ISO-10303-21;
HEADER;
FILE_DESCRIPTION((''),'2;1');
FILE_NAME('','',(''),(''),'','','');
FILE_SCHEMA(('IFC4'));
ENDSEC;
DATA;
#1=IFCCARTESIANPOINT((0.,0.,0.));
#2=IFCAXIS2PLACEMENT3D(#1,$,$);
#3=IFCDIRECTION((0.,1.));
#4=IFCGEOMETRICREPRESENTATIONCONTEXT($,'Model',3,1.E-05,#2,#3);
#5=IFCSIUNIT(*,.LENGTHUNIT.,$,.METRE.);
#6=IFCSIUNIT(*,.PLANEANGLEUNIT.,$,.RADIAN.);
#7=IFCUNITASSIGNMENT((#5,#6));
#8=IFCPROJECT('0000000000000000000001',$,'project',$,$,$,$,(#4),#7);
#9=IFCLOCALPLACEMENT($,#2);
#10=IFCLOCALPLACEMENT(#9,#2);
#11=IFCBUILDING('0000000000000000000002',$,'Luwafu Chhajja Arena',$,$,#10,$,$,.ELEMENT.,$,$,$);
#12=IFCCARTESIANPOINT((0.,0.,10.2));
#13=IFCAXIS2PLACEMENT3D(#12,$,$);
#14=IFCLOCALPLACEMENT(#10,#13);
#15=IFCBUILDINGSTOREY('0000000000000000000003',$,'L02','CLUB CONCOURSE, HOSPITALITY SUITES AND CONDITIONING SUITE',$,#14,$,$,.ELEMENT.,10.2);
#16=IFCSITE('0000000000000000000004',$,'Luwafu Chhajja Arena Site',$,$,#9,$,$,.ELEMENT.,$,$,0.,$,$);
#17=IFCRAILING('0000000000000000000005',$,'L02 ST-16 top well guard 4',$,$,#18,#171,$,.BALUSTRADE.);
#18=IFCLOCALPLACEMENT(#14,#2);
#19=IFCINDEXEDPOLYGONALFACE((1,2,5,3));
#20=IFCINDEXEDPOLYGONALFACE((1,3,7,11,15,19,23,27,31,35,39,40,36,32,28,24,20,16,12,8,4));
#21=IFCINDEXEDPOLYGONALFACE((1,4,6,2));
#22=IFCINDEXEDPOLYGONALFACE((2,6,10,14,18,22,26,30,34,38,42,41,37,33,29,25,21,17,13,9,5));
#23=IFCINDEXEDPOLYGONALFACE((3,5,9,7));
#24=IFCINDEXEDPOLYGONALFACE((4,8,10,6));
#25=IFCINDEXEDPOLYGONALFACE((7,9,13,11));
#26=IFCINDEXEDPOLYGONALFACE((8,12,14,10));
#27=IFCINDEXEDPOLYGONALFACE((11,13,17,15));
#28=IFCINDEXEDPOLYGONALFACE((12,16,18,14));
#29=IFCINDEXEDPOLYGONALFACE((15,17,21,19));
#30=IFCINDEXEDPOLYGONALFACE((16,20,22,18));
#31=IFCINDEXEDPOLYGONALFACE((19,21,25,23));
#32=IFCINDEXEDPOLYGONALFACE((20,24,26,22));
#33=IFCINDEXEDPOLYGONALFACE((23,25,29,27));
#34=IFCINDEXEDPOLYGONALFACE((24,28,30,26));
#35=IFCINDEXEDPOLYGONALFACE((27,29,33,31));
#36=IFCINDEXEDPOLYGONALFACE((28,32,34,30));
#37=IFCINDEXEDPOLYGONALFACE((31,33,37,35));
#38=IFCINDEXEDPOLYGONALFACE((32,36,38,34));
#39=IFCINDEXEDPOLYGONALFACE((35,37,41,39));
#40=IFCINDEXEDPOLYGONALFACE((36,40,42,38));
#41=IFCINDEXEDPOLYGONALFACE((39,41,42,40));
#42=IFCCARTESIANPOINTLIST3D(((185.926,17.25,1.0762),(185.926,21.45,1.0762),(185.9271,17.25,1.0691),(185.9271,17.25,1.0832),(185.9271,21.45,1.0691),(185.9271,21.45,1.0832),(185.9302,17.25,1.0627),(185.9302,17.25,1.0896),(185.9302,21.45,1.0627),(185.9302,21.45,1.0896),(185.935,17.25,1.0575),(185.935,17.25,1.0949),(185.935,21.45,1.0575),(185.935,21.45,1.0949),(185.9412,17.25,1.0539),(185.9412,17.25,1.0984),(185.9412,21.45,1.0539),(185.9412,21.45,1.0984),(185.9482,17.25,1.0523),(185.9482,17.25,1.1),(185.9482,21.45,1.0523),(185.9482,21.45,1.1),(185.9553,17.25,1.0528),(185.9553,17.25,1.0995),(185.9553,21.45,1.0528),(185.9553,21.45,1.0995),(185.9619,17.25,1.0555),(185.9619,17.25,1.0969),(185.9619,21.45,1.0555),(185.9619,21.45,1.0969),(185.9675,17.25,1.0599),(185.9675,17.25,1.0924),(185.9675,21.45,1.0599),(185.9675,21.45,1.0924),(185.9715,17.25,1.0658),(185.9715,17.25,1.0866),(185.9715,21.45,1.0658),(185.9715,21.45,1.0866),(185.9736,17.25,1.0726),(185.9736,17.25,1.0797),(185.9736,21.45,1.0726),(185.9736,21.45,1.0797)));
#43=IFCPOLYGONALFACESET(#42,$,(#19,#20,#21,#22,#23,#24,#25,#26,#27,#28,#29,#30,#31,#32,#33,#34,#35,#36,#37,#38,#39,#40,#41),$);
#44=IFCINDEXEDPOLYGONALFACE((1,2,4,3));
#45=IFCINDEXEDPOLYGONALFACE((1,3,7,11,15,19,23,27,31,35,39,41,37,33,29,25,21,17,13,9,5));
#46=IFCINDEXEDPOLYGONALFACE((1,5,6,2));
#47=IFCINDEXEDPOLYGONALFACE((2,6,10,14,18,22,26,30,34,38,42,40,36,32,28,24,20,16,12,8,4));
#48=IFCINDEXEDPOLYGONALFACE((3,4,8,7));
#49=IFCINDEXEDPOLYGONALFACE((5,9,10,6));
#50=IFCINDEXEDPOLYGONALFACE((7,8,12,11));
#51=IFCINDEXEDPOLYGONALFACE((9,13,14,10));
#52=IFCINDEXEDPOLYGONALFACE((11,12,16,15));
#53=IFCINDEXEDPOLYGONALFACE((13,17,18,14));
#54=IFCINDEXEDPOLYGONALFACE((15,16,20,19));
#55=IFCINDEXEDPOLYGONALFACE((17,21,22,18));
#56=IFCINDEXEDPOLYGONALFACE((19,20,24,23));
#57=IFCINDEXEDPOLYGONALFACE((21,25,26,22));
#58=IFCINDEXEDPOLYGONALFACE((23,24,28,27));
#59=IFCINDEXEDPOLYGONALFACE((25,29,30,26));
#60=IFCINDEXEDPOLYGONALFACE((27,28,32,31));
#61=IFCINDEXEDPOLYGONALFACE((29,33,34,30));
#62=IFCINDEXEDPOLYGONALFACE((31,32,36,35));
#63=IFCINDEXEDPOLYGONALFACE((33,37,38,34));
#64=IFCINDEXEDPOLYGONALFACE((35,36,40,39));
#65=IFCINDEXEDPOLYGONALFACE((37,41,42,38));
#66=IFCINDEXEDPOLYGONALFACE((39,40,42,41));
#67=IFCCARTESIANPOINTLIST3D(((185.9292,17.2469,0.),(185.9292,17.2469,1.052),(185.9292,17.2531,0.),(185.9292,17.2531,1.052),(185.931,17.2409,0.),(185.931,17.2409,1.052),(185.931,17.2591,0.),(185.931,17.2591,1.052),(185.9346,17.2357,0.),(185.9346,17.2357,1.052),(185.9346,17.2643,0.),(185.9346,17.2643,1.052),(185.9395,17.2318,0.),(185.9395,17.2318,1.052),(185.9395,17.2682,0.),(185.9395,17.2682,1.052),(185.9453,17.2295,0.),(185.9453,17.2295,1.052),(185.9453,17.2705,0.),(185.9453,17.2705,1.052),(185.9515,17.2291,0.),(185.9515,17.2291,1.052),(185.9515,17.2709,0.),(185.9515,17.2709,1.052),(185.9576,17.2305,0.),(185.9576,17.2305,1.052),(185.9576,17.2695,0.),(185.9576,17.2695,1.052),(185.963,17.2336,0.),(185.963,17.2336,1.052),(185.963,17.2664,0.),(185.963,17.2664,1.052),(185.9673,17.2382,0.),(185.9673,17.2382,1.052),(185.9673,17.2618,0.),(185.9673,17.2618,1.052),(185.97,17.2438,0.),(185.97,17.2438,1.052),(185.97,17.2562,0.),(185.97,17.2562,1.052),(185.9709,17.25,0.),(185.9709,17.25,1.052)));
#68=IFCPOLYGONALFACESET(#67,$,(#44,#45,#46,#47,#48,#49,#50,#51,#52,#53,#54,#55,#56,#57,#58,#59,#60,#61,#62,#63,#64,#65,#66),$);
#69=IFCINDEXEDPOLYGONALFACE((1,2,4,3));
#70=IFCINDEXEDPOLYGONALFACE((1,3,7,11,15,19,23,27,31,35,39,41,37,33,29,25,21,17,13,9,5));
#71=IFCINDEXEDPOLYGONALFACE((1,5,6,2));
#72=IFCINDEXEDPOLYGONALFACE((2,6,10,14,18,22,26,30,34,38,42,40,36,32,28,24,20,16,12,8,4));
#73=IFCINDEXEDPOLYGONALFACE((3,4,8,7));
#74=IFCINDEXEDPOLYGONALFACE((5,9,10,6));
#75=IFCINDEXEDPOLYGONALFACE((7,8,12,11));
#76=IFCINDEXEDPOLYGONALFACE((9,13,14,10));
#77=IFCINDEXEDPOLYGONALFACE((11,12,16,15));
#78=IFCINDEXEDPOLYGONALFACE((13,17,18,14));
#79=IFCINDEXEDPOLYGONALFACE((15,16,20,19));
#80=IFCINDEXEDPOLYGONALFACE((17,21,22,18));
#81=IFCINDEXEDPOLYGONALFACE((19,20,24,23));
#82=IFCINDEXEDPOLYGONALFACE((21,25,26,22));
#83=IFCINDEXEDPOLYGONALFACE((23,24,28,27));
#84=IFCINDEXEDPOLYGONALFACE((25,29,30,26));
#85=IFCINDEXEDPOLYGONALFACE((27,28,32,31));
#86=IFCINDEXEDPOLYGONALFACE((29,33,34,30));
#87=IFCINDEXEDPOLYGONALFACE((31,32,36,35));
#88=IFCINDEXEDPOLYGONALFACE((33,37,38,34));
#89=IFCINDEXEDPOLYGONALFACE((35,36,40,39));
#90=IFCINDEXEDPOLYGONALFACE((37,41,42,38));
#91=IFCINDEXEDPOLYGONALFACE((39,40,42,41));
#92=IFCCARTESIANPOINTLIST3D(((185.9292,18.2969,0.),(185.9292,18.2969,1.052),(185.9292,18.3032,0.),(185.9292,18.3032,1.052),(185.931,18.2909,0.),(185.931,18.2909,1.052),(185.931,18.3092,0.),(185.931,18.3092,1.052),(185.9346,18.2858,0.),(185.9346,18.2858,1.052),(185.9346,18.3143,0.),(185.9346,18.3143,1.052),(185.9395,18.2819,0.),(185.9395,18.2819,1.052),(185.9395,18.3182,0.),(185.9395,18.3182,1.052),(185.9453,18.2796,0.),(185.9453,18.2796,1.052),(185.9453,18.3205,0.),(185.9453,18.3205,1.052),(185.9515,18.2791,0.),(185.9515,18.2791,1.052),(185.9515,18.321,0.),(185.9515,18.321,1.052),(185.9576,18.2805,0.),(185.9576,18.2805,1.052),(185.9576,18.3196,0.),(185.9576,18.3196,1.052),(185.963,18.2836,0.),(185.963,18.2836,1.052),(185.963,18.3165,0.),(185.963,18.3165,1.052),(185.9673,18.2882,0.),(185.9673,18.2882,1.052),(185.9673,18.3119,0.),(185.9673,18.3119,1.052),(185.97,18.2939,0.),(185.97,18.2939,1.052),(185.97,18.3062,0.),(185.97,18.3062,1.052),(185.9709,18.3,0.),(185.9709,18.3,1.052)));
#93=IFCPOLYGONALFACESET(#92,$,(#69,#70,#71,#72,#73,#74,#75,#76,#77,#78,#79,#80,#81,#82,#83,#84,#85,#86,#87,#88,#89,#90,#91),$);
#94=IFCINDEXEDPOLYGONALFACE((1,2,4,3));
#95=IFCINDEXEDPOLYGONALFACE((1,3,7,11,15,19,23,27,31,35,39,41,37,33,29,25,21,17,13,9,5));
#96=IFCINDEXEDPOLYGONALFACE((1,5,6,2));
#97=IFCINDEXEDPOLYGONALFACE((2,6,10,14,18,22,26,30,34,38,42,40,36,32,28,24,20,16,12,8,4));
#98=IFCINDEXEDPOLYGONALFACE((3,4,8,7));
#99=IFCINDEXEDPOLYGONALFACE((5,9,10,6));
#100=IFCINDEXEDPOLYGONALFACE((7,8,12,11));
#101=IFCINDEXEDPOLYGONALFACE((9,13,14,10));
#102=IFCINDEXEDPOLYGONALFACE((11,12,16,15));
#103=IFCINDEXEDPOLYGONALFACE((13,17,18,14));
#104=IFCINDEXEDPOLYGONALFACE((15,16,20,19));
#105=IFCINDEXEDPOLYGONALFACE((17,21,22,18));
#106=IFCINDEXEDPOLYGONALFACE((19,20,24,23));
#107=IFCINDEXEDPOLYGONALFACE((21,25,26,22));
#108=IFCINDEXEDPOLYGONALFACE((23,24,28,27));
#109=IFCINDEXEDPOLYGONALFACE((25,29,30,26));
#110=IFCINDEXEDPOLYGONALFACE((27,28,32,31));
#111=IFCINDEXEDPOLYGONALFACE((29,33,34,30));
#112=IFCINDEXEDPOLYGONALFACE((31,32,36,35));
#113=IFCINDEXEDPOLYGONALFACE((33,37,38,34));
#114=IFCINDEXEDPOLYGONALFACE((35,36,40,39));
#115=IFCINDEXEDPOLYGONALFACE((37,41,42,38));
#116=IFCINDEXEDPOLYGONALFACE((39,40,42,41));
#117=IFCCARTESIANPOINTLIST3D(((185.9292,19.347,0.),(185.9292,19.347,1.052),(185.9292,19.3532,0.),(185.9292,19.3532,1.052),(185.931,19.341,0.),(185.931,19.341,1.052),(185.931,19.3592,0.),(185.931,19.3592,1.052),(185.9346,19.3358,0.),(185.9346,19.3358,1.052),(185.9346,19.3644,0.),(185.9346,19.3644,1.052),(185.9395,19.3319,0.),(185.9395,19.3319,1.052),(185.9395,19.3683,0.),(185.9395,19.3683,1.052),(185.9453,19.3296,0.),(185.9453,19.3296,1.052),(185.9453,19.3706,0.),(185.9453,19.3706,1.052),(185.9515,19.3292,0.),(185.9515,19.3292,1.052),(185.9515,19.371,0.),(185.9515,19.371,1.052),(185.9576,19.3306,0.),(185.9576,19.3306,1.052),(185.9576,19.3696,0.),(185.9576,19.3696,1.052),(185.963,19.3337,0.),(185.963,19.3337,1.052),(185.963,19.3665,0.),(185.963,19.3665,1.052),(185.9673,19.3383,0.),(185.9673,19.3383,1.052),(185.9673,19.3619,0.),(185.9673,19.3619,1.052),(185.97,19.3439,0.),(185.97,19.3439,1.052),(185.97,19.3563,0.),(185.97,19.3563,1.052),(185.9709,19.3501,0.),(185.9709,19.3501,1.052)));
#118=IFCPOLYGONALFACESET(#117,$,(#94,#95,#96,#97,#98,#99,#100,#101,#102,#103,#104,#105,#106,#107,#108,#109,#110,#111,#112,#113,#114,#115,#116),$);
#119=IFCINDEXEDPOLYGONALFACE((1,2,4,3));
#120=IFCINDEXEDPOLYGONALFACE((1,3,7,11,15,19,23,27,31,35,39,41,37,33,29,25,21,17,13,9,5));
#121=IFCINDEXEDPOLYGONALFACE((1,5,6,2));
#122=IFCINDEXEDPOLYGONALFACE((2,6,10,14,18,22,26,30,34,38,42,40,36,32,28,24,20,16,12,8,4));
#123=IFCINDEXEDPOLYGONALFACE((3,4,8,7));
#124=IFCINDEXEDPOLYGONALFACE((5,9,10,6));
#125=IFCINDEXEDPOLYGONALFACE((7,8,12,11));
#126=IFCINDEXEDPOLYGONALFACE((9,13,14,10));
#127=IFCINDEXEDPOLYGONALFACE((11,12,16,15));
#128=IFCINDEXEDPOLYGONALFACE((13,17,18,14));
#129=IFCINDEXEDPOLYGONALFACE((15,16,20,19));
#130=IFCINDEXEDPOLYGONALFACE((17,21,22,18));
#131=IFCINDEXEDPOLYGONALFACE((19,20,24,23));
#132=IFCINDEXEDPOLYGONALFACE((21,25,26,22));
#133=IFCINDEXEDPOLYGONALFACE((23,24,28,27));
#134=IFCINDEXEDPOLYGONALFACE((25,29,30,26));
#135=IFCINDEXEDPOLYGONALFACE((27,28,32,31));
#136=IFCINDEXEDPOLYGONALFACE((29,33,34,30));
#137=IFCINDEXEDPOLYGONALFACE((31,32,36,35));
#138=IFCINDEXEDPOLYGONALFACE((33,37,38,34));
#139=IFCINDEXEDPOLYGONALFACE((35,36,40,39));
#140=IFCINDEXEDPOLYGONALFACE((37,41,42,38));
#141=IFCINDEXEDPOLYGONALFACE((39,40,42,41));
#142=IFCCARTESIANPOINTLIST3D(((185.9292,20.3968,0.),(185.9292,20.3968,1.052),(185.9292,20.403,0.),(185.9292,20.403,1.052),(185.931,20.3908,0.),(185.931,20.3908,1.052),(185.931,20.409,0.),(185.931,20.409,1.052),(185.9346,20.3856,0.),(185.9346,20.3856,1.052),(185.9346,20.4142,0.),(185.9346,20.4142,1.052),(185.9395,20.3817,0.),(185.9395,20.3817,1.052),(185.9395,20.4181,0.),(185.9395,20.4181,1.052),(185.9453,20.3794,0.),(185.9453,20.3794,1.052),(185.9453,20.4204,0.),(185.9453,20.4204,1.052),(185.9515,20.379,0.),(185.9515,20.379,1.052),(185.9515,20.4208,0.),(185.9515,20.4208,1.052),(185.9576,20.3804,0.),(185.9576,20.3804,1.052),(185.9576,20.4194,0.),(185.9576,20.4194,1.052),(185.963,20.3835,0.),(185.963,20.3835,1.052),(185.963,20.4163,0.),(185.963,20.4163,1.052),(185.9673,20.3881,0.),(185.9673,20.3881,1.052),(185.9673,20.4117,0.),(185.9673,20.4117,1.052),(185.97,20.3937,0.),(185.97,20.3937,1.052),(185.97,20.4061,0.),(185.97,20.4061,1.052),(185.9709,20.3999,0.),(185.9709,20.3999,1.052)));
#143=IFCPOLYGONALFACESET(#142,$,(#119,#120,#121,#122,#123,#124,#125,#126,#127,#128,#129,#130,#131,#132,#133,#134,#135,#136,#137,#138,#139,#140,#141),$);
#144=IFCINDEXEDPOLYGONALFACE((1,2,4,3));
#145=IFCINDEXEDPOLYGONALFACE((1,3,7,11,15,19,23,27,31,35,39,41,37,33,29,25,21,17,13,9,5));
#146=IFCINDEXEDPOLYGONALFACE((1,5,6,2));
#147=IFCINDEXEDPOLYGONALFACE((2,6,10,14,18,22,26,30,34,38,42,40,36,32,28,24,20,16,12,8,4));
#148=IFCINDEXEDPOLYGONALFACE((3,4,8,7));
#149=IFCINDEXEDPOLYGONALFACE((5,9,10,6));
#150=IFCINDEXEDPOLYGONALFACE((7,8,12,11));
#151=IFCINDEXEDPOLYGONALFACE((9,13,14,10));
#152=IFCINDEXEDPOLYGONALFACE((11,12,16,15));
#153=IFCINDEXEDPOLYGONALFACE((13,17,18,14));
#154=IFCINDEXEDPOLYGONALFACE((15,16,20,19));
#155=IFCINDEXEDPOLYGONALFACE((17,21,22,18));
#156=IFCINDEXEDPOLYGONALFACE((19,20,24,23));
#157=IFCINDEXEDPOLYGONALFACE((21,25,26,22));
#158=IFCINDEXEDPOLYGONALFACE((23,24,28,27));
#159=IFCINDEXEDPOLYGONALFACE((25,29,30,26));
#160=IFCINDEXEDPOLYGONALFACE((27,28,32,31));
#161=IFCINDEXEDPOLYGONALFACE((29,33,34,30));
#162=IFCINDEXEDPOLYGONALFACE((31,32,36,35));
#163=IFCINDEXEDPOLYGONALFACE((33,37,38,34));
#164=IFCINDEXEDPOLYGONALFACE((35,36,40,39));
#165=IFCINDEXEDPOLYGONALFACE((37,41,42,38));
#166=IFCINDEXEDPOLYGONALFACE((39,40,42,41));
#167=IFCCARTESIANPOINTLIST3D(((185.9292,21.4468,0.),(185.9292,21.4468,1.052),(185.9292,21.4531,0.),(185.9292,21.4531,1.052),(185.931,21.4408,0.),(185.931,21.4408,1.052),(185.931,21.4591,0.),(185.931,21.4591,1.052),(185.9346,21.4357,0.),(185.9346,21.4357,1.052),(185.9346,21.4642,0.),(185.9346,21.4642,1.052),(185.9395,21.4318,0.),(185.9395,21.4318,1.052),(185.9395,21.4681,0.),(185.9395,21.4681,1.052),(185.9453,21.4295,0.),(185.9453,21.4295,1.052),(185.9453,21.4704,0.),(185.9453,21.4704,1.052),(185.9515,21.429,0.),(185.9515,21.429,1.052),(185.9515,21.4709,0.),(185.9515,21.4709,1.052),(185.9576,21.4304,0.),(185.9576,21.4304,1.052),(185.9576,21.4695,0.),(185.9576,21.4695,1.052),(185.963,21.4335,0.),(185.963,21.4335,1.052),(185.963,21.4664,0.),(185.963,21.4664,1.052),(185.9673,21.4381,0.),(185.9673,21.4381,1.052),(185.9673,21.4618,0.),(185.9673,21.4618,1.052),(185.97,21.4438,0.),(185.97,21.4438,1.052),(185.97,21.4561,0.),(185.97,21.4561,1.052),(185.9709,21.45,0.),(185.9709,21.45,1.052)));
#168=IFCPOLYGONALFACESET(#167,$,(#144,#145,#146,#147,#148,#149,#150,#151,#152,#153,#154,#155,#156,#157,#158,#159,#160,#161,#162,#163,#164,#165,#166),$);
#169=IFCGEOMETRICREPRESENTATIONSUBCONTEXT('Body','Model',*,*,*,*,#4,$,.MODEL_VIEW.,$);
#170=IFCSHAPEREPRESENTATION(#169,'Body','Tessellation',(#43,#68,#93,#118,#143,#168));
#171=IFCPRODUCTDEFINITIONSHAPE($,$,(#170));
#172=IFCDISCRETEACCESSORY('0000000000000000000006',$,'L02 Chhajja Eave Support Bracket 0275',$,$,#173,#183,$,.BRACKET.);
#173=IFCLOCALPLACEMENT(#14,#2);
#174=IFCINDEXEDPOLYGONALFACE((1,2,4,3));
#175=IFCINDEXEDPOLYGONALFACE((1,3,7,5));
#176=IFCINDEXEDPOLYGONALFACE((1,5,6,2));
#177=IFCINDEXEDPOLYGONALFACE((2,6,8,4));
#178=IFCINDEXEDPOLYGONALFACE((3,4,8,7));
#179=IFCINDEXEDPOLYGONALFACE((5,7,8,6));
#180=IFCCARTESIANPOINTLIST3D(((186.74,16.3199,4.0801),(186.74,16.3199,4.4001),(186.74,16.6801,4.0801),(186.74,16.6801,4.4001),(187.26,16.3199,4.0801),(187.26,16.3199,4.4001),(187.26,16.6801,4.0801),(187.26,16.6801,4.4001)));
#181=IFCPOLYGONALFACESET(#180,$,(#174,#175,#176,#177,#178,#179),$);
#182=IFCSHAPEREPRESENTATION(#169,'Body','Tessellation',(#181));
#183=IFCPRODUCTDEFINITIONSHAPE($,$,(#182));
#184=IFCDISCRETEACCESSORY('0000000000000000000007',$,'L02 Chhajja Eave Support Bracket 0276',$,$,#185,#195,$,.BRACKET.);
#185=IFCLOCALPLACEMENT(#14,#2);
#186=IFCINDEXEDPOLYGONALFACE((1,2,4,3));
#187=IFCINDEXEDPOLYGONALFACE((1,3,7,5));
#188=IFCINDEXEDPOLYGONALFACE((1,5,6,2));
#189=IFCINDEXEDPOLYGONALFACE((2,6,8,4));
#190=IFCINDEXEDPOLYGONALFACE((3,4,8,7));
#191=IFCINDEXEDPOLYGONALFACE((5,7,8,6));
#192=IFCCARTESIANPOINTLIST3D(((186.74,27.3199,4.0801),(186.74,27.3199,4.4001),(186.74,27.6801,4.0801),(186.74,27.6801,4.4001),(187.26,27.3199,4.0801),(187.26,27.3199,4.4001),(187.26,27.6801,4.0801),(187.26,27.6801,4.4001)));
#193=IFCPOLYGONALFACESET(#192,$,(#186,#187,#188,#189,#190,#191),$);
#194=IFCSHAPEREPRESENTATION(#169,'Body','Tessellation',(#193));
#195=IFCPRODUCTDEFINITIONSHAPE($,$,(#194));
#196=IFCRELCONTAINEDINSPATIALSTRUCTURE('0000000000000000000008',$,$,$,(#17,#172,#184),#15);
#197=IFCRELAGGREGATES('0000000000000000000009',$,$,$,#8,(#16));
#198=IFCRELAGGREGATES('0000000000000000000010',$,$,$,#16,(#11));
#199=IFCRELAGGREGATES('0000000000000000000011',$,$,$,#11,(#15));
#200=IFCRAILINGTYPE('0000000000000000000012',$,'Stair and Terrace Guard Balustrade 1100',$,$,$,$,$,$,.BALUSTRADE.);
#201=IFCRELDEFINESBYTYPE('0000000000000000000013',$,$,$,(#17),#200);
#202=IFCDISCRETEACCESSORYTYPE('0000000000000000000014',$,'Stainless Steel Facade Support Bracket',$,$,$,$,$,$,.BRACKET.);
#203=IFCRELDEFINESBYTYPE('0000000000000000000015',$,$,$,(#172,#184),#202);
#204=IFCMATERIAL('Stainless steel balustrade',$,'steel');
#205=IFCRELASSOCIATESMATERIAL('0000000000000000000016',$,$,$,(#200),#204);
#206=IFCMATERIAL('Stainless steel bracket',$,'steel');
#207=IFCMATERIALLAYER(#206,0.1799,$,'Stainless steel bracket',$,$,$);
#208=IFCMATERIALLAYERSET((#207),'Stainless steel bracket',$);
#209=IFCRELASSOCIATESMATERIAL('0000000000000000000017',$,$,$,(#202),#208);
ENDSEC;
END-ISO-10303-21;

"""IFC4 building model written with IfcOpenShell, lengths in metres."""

from ifc_helpers import new_model, si_unit, direction, frame, origin, origin_2d, place, context, subcontext, project, spatial, rectangle, circle, extrude, material, layer, layer_set, type_object, element, save


model = new_model("IFC4")

# Units and contexts
model_context = context("Model", 3, precision=1e-05, world=origin(), true_north=direction((0.0, 1.0)))
body_context = subcontext(model_context, "Body", "Model", "MODEL_VIEW")
ifc_project = project(units=[si_unit("LENGTHUNIT", "METRE"), si_unit("PLANEANGLEUNIT", "RADIAN")], contexts=[model_context])

# Site, building, storey
site_placement = place(None, origin())
site = spatial("IfcSite", under=ifc_project, at=site_placement, Name="Luwafu Chhajja Arena Site", CompositionType="ELEMENT", RefElevation=0.0)
building_placement = place(site_placement, origin())
building = spatial("IfcBuilding", under=site, at=building_placement, Name="Luwafu Chhajja Arena", CompositionType="ELEMENT")
storey_placement = place(building_placement, frame((0.0, 0.0, 10.2)))
storey = spatial("IfcBuildingStorey", under=building, at=storey_placement, Name="L02", Description="CLUB CONCOURSE, HOSPITALITY SUITES AND CONDITIONING SUITE", CompositionType="ELEMENT", Elevation=10.2)

# Railing
ifc_material_1 = material(Name="Stainless steel balustrade", Category="steel")
railing_type = type_object("IfcRailingType", Name="Stair and Terrace Guard Balustrade 1100", PredefinedType="BALUSTRADE", material=ifc_material_1)
for number, where, name in (
    (1, (185.95, 17.25, 0.0), "L02 ST-16 top well guard 4"),
):
    element("IfcRailing", number, at=place(storey_placement, frame(where)), inside=storey, type_object=railing_type, Name=name, PredefinedType="BALUSTRADE", context=body_context, shape_type="SweptSolid", body=[
        extrude(circle(Radius=0.0239, at=origin_2d()), frame((0.0, 0.0, 1.0762), z_axis=(0.0, 1.0, 0.0), x_axis=(-1.0, 0.0, 0.0)), (0.0, 0.0, 1.0), 4.2),
        extrude(circle(Radius=0.021, at=origin_2d()), origin(), (0.0, 0.0, 1.0), 1.052),
        extrude(circle(Radius=0.021, at=origin_2d()), frame((0.0, 1.05, 0.0)), (0.0, 0.0, 1.0), 1.052),
        extrude(circle(Radius=0.021, at=origin_2d()), frame((0.0, 2.1001, 0.0)), (0.0, 0.0, 1.0), 1.052),
        extrude(circle(Radius=0.021, at=origin_2d()), frame((0.0, 3.1499, 0.0)), (0.0, 0.0, 1.0), 1.052),
        extrude(circle(Radius=0.021, at=origin_2d()), frame((0.0, 4.2, 0.0)), (0.0, 0.0, 1.0), 1.052),
    ])

# Discrete accessories
ifc_material_2 = material(Name="Stainless steel bracket", Category="steel")
ifc_layer_1 = layer(ifc_material_2, 0.1799, Name="Stainless steel bracket")
ifc_layer_set_1 = layer_set([ifc_layer_1], Name="Stainless steel bracket")
discrete_accessory_type = type_object("IfcDiscreteAccessoryType", Name="Stainless Steel Facade Support Bracket", PredefinedType="BRACKET", material=ifc_layer_set_1)
for number, where, z_axis, x_axis, name in (
    (2, (187.0, 16.5, 4.0801), (0.0, 0.0, 1.0), (0.0, 1.0, 0.0), "L02 Chhajja Eave Support Bracket 0275"),
    (3, (187.0, 27.5, 4.0801), (0.0, 0.0, 1.0), (0.0, 1.0, 0.0), "L02 Chhajja Eave Support Bracket 0276"),
):
    element("IfcDiscreteAccessory", number, at=place(storey_placement, frame(where, z_axis=z_axis, x_axis=x_axis)), inside=storey, type_object=discrete_accessory_type, Name=name, PredefinedType="BRACKET", context=body_context, shape_type="SweptSolid", body=[
        extrude(rectangle(XDim=0.3601, YDim=0.52, at=origin_2d()), origin(), (0.0, 0.0, 1.0), 0.3201),
    ])

save(model, "model.ifc")
